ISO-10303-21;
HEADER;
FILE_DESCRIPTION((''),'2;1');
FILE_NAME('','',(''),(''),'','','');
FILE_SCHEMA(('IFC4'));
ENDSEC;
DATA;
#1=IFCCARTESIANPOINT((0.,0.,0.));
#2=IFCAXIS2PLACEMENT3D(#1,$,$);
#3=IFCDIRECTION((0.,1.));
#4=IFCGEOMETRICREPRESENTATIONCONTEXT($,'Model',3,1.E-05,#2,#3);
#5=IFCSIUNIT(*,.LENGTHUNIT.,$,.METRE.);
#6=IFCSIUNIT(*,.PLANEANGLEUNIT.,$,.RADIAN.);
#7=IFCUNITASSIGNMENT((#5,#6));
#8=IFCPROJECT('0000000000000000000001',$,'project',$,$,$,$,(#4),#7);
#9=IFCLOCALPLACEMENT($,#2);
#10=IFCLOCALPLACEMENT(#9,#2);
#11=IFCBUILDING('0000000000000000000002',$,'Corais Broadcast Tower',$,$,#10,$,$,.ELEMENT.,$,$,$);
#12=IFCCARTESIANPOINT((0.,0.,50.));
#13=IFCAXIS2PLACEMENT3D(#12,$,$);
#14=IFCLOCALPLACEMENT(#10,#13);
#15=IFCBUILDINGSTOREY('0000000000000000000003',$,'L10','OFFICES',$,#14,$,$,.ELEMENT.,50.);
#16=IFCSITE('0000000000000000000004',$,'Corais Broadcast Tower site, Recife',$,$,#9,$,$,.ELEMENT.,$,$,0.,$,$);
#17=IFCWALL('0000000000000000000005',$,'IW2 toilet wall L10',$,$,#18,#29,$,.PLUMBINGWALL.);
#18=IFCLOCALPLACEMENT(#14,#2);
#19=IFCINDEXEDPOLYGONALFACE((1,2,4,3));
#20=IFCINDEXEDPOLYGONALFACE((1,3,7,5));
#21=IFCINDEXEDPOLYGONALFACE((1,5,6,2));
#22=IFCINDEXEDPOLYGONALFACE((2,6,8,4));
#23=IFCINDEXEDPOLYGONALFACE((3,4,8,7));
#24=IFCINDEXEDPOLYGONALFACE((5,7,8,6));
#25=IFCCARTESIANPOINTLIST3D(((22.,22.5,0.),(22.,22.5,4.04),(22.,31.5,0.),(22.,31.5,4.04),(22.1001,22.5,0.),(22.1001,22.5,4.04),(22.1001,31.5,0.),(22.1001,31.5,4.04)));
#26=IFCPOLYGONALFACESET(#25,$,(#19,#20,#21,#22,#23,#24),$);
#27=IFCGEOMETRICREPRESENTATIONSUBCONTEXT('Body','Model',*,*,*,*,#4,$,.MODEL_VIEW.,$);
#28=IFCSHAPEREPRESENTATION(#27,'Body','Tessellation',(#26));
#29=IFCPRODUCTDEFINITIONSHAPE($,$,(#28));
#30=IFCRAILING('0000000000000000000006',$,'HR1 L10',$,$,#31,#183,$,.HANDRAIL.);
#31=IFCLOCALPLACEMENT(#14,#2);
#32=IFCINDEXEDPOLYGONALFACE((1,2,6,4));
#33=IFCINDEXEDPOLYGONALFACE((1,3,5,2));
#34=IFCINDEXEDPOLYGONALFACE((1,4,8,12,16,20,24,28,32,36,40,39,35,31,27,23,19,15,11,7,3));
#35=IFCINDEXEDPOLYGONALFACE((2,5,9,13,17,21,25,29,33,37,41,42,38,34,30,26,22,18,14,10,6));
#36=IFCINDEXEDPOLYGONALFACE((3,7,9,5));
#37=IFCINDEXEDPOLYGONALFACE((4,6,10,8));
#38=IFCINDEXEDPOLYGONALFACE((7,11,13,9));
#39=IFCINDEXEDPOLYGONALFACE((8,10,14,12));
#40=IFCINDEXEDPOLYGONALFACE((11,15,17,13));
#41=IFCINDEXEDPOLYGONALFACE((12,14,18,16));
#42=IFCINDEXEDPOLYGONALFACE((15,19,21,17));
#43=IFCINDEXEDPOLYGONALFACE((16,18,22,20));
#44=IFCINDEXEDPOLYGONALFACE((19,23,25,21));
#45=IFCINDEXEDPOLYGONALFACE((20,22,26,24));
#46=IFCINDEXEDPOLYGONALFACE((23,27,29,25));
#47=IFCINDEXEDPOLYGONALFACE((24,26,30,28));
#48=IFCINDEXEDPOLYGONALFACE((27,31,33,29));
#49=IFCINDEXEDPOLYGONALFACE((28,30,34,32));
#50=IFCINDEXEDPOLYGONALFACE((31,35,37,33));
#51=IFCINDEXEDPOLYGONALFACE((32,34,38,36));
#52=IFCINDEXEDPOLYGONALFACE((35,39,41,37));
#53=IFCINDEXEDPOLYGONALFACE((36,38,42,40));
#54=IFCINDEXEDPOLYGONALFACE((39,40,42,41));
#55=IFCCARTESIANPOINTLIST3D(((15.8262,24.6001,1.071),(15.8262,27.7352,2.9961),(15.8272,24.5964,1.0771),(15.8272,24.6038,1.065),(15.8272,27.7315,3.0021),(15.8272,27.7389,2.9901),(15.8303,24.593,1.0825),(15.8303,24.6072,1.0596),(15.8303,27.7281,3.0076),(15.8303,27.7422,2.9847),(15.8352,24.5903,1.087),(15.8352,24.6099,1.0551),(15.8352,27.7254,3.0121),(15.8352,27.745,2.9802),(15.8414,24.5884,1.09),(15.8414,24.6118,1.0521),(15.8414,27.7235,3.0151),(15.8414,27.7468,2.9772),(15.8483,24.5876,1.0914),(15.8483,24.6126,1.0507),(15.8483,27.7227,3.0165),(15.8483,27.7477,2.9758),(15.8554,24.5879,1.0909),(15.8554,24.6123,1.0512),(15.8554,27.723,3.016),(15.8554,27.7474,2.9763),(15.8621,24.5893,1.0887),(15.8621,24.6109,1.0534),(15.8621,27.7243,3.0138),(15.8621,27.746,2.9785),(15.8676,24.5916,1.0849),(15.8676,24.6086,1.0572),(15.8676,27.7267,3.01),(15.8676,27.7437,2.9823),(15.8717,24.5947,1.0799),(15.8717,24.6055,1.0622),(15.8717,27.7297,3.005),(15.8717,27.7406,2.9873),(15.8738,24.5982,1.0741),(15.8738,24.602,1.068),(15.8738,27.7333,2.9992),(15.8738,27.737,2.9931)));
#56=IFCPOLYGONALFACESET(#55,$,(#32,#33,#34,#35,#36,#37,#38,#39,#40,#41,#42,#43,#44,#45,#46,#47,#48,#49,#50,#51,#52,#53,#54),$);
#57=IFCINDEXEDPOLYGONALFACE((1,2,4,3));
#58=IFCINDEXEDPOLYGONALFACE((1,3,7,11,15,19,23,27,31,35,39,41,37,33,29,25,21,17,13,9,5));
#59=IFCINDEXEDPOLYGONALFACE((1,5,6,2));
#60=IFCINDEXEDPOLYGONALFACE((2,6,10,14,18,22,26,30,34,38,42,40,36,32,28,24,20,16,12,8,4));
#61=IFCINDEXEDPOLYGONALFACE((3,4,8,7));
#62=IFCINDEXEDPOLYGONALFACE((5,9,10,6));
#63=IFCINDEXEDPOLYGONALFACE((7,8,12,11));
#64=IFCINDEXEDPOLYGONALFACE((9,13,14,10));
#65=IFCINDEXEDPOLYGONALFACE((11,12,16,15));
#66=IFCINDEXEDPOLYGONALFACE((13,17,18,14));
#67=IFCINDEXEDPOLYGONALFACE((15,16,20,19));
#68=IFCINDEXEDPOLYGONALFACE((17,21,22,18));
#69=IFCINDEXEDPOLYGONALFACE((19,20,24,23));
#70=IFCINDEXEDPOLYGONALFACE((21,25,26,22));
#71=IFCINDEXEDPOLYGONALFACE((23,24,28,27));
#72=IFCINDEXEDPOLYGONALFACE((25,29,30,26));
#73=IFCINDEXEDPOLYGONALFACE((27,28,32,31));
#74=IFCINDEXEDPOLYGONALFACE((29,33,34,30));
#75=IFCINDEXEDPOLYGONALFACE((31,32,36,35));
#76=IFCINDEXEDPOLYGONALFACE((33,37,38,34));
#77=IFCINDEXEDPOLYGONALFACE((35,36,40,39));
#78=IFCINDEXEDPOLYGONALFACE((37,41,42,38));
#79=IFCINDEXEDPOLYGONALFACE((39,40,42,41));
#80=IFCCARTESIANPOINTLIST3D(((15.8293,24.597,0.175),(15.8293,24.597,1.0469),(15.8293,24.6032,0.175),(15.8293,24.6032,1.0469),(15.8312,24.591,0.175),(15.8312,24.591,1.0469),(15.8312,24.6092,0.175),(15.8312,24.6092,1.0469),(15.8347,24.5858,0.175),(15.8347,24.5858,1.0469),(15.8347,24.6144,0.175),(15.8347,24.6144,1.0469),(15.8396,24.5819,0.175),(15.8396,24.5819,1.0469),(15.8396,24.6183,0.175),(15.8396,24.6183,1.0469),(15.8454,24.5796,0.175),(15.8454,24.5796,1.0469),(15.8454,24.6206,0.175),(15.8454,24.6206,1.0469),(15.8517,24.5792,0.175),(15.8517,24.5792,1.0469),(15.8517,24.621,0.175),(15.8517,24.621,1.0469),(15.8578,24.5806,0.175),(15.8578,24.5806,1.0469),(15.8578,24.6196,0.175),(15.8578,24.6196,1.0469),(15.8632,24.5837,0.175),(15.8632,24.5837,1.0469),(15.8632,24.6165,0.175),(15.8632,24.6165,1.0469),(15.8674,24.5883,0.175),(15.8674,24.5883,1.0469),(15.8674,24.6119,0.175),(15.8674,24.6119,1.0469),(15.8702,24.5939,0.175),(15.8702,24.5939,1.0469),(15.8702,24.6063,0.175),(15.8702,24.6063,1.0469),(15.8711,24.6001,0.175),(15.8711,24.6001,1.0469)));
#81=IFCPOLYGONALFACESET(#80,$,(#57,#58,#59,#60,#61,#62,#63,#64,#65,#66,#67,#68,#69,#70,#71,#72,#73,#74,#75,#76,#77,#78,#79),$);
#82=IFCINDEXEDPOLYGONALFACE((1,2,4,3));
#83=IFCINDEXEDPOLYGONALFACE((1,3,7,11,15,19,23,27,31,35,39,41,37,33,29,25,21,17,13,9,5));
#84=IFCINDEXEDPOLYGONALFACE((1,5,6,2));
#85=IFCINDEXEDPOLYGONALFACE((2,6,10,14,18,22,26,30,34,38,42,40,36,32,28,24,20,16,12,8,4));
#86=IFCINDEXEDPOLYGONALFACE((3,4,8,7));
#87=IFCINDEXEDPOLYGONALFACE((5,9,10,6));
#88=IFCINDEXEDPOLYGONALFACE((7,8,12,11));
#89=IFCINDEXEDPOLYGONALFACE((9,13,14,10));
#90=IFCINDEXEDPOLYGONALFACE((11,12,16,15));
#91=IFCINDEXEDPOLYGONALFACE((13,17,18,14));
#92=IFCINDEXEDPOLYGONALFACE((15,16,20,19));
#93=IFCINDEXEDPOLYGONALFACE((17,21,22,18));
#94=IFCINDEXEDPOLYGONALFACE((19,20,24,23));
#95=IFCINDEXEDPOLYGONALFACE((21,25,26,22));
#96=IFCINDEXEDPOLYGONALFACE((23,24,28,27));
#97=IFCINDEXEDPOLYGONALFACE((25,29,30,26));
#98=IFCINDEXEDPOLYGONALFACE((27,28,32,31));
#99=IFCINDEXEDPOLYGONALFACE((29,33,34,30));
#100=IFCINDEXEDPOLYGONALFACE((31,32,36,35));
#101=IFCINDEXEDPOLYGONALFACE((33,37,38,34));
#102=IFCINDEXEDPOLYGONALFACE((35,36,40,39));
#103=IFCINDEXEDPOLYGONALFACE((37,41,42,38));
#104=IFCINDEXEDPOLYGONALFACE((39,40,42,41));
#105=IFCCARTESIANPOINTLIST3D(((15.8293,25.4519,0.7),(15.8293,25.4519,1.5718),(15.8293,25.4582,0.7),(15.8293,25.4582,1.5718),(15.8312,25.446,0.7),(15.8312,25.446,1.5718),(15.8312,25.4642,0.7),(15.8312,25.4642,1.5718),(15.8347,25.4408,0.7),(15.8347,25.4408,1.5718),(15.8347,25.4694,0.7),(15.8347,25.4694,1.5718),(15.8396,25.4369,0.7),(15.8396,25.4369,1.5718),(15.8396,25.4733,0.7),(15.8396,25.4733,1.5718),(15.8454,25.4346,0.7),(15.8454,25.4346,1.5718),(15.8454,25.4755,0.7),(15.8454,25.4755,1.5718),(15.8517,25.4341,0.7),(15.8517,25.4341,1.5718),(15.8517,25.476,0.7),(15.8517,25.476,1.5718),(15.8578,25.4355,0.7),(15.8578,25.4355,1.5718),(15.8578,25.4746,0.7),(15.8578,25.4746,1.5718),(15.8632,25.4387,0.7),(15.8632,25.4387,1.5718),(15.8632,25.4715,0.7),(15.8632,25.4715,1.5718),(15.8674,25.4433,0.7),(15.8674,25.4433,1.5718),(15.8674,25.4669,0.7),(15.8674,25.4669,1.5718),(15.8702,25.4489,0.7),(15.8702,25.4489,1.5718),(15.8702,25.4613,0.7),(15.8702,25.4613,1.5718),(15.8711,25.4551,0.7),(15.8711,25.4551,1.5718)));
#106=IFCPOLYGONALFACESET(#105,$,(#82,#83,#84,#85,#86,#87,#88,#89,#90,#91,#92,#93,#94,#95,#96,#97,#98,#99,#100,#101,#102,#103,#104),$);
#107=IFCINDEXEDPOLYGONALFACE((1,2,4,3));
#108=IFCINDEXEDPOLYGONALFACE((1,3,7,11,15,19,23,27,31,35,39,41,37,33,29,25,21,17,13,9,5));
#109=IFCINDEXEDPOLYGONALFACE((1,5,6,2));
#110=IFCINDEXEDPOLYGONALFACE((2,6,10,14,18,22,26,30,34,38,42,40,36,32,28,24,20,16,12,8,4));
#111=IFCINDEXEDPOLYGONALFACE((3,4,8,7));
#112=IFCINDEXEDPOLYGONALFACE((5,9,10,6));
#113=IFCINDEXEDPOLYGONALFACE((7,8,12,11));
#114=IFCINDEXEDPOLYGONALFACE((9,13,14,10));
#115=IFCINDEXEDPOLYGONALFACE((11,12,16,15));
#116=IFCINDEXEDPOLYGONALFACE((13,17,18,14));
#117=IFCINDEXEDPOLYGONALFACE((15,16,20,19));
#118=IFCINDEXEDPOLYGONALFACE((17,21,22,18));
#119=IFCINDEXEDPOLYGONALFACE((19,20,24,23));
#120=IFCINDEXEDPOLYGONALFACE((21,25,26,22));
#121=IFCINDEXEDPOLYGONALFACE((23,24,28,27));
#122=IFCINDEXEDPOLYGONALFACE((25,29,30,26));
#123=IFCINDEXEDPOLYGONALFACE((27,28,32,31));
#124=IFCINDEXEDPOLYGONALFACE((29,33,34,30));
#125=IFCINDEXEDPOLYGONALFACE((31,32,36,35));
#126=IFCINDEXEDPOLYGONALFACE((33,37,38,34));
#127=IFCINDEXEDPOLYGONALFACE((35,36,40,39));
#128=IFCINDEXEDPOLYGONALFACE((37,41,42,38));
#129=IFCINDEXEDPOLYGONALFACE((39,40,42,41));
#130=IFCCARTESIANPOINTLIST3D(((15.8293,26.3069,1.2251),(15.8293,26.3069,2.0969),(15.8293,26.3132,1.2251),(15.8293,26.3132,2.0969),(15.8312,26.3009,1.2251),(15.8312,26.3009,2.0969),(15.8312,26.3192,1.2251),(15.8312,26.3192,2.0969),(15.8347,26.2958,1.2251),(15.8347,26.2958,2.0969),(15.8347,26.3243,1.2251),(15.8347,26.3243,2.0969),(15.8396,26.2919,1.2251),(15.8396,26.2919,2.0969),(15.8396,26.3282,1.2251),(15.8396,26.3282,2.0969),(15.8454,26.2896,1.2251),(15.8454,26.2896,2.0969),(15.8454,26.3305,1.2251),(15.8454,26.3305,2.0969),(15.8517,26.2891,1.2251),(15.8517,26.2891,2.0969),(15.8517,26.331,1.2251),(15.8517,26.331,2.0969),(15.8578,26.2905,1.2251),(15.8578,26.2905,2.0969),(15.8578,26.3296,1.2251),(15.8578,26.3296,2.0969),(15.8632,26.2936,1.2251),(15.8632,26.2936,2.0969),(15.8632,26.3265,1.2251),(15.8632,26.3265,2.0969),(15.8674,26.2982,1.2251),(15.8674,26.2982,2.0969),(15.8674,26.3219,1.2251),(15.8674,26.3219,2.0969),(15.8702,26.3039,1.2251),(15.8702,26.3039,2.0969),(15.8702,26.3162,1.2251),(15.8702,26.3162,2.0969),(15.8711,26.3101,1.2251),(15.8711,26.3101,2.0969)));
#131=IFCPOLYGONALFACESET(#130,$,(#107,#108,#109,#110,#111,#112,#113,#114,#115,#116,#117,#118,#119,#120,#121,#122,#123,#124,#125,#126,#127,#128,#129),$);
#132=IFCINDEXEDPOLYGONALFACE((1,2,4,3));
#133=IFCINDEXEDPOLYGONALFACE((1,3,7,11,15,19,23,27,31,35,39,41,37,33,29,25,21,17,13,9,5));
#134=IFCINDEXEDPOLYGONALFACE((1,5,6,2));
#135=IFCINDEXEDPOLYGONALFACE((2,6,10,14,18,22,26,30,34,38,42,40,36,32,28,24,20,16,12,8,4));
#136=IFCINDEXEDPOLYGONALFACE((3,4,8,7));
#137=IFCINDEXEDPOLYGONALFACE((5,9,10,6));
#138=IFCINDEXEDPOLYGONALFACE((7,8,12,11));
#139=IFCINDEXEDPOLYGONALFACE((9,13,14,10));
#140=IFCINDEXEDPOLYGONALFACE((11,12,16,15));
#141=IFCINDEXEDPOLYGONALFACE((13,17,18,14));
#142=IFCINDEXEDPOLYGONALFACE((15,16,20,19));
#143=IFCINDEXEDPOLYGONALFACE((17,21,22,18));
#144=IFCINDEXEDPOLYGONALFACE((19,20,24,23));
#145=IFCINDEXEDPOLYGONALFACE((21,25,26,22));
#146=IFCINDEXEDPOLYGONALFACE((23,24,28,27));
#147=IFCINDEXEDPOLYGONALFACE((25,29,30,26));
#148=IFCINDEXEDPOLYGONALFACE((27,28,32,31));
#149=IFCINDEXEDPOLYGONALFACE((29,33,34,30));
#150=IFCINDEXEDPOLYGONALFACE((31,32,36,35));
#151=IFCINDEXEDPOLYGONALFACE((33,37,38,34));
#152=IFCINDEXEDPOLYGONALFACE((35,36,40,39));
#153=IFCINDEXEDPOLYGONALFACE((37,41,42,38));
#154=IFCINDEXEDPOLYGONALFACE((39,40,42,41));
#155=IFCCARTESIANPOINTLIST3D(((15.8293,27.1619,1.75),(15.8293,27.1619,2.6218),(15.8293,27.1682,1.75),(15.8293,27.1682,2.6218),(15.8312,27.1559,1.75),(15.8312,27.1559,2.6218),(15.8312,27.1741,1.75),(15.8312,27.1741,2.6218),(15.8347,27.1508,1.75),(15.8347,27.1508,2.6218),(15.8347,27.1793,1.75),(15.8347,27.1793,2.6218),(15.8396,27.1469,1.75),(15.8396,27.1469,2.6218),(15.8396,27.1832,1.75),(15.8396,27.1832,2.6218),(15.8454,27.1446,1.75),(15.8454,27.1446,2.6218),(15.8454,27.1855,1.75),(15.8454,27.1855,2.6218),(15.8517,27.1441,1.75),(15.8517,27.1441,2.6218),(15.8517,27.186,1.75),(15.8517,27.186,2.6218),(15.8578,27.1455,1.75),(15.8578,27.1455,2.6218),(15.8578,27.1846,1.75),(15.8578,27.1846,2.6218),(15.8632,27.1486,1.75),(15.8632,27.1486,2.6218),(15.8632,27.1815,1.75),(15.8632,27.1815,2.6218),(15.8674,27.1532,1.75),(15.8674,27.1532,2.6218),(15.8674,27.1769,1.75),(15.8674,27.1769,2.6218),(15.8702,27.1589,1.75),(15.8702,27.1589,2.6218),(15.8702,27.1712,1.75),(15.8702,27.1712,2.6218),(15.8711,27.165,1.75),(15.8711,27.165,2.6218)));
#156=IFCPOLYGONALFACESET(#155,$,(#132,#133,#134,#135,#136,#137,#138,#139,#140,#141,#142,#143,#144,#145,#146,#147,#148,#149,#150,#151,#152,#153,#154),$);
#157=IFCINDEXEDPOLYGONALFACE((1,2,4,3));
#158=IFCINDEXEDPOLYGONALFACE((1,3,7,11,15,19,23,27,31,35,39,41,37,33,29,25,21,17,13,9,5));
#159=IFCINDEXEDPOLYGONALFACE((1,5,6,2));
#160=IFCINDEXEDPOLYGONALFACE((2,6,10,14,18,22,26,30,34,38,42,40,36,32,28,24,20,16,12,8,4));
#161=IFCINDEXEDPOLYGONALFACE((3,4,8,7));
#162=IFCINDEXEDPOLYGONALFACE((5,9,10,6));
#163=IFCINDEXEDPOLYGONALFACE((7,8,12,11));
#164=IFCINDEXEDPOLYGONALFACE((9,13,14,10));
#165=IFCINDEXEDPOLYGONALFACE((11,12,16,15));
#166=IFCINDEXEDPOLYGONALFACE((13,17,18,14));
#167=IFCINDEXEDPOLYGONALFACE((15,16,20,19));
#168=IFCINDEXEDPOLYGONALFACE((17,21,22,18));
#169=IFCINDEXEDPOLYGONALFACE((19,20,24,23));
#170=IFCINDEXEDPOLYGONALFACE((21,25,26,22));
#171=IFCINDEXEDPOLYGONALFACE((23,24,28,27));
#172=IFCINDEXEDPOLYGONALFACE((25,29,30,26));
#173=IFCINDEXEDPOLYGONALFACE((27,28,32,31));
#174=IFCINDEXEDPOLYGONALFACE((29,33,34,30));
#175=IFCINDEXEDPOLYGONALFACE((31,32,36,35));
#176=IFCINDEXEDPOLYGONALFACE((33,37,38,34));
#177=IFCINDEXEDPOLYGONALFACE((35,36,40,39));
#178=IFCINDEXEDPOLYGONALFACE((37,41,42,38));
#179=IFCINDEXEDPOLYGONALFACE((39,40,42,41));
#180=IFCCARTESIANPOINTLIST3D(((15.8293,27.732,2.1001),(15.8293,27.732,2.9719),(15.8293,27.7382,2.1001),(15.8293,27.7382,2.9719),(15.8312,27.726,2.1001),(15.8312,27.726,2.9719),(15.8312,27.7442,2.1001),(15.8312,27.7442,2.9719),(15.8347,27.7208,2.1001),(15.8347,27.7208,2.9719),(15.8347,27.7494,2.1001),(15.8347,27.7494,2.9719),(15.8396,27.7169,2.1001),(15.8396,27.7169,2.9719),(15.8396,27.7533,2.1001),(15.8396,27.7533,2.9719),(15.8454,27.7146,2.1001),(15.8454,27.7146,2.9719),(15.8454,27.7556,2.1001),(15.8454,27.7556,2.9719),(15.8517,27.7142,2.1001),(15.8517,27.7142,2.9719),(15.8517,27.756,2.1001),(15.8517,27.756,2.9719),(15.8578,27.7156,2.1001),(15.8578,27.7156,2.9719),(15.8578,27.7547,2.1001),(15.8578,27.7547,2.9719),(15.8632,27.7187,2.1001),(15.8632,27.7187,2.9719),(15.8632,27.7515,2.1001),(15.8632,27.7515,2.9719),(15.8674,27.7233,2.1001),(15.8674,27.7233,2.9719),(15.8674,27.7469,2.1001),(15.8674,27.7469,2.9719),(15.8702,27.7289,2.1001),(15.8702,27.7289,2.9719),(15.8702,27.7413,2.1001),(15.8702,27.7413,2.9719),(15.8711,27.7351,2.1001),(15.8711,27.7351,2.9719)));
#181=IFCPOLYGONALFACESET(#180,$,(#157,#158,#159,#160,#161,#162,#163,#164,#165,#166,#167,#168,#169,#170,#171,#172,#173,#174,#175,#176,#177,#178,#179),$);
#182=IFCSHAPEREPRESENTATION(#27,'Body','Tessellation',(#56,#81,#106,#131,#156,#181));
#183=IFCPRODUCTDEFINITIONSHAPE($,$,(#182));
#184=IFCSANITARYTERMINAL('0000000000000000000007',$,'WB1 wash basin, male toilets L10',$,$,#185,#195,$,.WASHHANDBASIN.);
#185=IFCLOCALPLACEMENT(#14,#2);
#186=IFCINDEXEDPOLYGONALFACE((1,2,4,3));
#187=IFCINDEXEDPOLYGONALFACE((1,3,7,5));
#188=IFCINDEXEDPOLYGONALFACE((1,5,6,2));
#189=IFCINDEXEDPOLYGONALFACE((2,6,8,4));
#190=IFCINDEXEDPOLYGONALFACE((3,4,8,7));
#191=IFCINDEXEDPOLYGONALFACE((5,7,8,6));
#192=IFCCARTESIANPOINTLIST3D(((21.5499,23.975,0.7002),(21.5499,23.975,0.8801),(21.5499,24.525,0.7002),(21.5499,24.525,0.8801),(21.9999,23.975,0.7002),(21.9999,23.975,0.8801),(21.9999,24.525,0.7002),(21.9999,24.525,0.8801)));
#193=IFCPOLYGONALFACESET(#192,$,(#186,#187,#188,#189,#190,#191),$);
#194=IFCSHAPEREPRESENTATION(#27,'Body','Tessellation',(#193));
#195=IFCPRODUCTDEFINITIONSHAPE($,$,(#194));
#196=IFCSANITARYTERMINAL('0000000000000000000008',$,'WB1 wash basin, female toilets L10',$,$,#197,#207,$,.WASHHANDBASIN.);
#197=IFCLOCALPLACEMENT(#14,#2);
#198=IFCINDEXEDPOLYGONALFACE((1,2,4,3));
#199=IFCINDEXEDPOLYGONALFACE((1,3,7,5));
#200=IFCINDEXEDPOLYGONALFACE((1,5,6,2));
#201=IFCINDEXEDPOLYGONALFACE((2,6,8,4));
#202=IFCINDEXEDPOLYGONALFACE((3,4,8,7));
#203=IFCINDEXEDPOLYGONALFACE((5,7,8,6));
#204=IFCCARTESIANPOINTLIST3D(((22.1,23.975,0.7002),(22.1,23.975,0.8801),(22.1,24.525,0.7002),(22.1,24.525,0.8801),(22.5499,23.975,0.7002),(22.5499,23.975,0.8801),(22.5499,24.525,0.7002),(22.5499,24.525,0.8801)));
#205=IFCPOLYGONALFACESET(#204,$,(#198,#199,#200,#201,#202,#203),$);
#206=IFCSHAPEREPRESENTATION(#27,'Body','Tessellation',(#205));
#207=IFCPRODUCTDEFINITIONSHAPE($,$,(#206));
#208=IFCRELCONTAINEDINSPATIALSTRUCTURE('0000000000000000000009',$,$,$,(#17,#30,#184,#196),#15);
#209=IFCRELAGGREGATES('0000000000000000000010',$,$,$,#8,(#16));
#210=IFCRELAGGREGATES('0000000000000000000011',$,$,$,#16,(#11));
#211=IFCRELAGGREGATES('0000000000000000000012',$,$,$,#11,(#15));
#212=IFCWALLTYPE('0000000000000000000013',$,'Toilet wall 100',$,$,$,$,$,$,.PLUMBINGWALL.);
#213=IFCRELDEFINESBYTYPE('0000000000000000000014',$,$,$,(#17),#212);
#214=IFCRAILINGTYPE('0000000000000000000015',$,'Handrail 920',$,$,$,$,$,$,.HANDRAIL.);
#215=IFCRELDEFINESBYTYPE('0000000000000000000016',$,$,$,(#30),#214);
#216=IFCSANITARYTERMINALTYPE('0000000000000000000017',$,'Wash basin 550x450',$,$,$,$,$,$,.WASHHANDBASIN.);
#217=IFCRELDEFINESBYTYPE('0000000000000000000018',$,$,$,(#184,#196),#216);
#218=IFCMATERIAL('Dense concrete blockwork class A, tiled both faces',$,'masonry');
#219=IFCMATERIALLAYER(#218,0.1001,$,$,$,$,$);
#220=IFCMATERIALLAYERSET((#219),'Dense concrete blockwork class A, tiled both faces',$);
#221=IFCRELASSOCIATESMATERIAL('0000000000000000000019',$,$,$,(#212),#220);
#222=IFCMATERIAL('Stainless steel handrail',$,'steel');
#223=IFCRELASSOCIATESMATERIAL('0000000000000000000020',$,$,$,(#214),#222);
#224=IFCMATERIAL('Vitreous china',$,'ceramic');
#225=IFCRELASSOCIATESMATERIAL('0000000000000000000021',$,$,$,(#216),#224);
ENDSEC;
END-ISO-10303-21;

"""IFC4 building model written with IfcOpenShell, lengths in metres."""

from ifc_helpers import new_model, si_unit, direction, frame, frame_2d, origin, origin_2d, place, context, subcontext, project, spatial, rectangle, circle, extrude, material, layer, layer_set, type_object, element, save


model = new_model("IFC4")

# Units and contexts
model_context = context("Model", 3, precision=1e-05, world=origin(), true_north=direction((0.0, 1.0)))
body_context = subcontext(model_context, "Body", "Model", "MODEL_VIEW")
ifc_project = project(units=[si_unit("LENGTHUNIT", "METRE"), si_unit("PLANEANGLEUNIT", "RADIAN")], contexts=[model_context])

# Site, building, storey
site_placement = place(None, origin())
site = spatial("IfcSite", under=ifc_project, at=site_placement, Name="Corais Broadcast Tower site, Recife", CompositionType="ELEMENT", RefElevation=0.0)
building_placement = place(site_placement, origin())
building = spatial("IfcBuilding", under=site, at=building_placement, Name="Corais Broadcast Tower", CompositionType="ELEMENT")
storey_placement = place(building_placement, frame((0.0, 0.0, 50.0)))
storey = spatial("IfcBuildingStorey", under=building, at=storey_placement, Name="L10", Description="OFFICES", CompositionType="ELEMENT", Elevation=50.0)

# Wall
ifc_material_1 = material(Name="Dense concrete blockwork class A, tiled both faces", Category="masonry")
ifc_layer_1 = layer(ifc_material_1, 0.1001)
ifc_layer_set_1 = layer_set([ifc_layer_1], Name="Dense concrete blockwork class A, tiled both faces")
wall_type_1 = type_object("IfcWallType", Name="Toilet wall 100", PredefinedType="PLUMBINGWALL", material=ifc_layer_set_1)
wall_1_placement = place(storey_placement, frame((22.05, 22.5, 0.0), z_axis=(0.0, 0.0, 1.0), x_axis=(0.0, 1.0, 0.0)))
element("IfcWall", 1, at=wall_1_placement, inside=storey, type_object=wall_type_1, Name="IW2 toilet wall L10", PredefinedType="PLUMBINGWALL", context=body_context, shape_type="SweptSolid", body=[
    extrude(rectangle(XDim=9.0, YDim=0.1001, at=frame_2d((4.5, 0.0))), origin(), (0.0, 0.0, 1.0), 4.04),
])

# Railing
ifc_material_2 = material(Name="Stainless steel handrail", Category="steel")
railing_type = type_object("IfcRailingType", Name="Handrail 920", PredefinedType="HANDRAIL", material=ifc_material_2)
railing_placement = place(storey_placement, frame((15.8501, 24.6001, 0.175)))
element("IfcRailing", 2, at=railing_placement, inside=storey, type_object=railing_type, Name="HR1 L10", PredefinedType="HANDRAIL", context=body_context, shape_type="SweptSolid", body=[
    extrude(circle(Radius=0.0239, at=origin_2d()), frame((0.0, 0.0, 0.896), z_axis=(0.0, 0.852166, 0.523271), x_axis=(-1.0, 0.0, 0.0)), (0.0, 0.0, 1.0), 3.679),
    extrude(circle(Radius=0.021, at=origin_2d()), origin(), (0.0, 0.0, 1.0), 0.8718),
    extrude(circle(Radius=0.021, at=origin_2d()), frame((0.0, 0.855, 0.5249)), (0.0, 0.0, 1.0), 0.8718),
    extrude(circle(Radius=0.021, at=origin_2d()), frame((0.0, 1.71, 1.05)), (0.0, 0.0, 1.0), 0.8718),
    extrude(circle(Radius=0.021, at=origin_2d()), frame((0.0, 2.5649, 1.575)), (0.0, 0.0, 1.0), 0.8718),
    extrude(circle(Radius=0.021, at=origin_2d()), frame((0.0, 3.135, 1.925)), (0.0, 0.0, 1.0), 0.8718),
])

# Sanitary terminals
ifc_material_3 = material(Name="Vitreous china", Category="ceramic")
sanitary_terminal_type = type_object("IfcSanitaryTerminalType", Name="Wash basin 550x450", PredefinedType="WASHHANDBASIN", material=ifc_material_3)
for number, where, z_axis, x_axis, name in (
    (3, (21.7749, 24.25, 0.7002), (0.0, 0.0, 1.0), (1.0, 0.0, 0.0), "WB1 wash basin, male toilets L10"),
    (4, (22.325, 24.25, 0.7002), (0.0, 0.0, 1.0), (1.0, 0.0, 0.0), "WB1 wash basin, female toilets L10"),
):
    element("IfcSanitaryTerminal", number, at=place(storey_placement, frame(where, z_axis=z_axis, x_axis=x_axis)), inside=storey, type_object=sanitary_terminal_type, Name=name, PredefinedType="WASHHANDBASIN", context=body_context, shape_type="SweptSolid", body=[
        extrude(rectangle(XDim=0.45, YDim=0.55, at=origin_2d()), origin(), (0.0, 0.0, 1.0), 0.1799),
    ])

save(model, "model.ifc")
